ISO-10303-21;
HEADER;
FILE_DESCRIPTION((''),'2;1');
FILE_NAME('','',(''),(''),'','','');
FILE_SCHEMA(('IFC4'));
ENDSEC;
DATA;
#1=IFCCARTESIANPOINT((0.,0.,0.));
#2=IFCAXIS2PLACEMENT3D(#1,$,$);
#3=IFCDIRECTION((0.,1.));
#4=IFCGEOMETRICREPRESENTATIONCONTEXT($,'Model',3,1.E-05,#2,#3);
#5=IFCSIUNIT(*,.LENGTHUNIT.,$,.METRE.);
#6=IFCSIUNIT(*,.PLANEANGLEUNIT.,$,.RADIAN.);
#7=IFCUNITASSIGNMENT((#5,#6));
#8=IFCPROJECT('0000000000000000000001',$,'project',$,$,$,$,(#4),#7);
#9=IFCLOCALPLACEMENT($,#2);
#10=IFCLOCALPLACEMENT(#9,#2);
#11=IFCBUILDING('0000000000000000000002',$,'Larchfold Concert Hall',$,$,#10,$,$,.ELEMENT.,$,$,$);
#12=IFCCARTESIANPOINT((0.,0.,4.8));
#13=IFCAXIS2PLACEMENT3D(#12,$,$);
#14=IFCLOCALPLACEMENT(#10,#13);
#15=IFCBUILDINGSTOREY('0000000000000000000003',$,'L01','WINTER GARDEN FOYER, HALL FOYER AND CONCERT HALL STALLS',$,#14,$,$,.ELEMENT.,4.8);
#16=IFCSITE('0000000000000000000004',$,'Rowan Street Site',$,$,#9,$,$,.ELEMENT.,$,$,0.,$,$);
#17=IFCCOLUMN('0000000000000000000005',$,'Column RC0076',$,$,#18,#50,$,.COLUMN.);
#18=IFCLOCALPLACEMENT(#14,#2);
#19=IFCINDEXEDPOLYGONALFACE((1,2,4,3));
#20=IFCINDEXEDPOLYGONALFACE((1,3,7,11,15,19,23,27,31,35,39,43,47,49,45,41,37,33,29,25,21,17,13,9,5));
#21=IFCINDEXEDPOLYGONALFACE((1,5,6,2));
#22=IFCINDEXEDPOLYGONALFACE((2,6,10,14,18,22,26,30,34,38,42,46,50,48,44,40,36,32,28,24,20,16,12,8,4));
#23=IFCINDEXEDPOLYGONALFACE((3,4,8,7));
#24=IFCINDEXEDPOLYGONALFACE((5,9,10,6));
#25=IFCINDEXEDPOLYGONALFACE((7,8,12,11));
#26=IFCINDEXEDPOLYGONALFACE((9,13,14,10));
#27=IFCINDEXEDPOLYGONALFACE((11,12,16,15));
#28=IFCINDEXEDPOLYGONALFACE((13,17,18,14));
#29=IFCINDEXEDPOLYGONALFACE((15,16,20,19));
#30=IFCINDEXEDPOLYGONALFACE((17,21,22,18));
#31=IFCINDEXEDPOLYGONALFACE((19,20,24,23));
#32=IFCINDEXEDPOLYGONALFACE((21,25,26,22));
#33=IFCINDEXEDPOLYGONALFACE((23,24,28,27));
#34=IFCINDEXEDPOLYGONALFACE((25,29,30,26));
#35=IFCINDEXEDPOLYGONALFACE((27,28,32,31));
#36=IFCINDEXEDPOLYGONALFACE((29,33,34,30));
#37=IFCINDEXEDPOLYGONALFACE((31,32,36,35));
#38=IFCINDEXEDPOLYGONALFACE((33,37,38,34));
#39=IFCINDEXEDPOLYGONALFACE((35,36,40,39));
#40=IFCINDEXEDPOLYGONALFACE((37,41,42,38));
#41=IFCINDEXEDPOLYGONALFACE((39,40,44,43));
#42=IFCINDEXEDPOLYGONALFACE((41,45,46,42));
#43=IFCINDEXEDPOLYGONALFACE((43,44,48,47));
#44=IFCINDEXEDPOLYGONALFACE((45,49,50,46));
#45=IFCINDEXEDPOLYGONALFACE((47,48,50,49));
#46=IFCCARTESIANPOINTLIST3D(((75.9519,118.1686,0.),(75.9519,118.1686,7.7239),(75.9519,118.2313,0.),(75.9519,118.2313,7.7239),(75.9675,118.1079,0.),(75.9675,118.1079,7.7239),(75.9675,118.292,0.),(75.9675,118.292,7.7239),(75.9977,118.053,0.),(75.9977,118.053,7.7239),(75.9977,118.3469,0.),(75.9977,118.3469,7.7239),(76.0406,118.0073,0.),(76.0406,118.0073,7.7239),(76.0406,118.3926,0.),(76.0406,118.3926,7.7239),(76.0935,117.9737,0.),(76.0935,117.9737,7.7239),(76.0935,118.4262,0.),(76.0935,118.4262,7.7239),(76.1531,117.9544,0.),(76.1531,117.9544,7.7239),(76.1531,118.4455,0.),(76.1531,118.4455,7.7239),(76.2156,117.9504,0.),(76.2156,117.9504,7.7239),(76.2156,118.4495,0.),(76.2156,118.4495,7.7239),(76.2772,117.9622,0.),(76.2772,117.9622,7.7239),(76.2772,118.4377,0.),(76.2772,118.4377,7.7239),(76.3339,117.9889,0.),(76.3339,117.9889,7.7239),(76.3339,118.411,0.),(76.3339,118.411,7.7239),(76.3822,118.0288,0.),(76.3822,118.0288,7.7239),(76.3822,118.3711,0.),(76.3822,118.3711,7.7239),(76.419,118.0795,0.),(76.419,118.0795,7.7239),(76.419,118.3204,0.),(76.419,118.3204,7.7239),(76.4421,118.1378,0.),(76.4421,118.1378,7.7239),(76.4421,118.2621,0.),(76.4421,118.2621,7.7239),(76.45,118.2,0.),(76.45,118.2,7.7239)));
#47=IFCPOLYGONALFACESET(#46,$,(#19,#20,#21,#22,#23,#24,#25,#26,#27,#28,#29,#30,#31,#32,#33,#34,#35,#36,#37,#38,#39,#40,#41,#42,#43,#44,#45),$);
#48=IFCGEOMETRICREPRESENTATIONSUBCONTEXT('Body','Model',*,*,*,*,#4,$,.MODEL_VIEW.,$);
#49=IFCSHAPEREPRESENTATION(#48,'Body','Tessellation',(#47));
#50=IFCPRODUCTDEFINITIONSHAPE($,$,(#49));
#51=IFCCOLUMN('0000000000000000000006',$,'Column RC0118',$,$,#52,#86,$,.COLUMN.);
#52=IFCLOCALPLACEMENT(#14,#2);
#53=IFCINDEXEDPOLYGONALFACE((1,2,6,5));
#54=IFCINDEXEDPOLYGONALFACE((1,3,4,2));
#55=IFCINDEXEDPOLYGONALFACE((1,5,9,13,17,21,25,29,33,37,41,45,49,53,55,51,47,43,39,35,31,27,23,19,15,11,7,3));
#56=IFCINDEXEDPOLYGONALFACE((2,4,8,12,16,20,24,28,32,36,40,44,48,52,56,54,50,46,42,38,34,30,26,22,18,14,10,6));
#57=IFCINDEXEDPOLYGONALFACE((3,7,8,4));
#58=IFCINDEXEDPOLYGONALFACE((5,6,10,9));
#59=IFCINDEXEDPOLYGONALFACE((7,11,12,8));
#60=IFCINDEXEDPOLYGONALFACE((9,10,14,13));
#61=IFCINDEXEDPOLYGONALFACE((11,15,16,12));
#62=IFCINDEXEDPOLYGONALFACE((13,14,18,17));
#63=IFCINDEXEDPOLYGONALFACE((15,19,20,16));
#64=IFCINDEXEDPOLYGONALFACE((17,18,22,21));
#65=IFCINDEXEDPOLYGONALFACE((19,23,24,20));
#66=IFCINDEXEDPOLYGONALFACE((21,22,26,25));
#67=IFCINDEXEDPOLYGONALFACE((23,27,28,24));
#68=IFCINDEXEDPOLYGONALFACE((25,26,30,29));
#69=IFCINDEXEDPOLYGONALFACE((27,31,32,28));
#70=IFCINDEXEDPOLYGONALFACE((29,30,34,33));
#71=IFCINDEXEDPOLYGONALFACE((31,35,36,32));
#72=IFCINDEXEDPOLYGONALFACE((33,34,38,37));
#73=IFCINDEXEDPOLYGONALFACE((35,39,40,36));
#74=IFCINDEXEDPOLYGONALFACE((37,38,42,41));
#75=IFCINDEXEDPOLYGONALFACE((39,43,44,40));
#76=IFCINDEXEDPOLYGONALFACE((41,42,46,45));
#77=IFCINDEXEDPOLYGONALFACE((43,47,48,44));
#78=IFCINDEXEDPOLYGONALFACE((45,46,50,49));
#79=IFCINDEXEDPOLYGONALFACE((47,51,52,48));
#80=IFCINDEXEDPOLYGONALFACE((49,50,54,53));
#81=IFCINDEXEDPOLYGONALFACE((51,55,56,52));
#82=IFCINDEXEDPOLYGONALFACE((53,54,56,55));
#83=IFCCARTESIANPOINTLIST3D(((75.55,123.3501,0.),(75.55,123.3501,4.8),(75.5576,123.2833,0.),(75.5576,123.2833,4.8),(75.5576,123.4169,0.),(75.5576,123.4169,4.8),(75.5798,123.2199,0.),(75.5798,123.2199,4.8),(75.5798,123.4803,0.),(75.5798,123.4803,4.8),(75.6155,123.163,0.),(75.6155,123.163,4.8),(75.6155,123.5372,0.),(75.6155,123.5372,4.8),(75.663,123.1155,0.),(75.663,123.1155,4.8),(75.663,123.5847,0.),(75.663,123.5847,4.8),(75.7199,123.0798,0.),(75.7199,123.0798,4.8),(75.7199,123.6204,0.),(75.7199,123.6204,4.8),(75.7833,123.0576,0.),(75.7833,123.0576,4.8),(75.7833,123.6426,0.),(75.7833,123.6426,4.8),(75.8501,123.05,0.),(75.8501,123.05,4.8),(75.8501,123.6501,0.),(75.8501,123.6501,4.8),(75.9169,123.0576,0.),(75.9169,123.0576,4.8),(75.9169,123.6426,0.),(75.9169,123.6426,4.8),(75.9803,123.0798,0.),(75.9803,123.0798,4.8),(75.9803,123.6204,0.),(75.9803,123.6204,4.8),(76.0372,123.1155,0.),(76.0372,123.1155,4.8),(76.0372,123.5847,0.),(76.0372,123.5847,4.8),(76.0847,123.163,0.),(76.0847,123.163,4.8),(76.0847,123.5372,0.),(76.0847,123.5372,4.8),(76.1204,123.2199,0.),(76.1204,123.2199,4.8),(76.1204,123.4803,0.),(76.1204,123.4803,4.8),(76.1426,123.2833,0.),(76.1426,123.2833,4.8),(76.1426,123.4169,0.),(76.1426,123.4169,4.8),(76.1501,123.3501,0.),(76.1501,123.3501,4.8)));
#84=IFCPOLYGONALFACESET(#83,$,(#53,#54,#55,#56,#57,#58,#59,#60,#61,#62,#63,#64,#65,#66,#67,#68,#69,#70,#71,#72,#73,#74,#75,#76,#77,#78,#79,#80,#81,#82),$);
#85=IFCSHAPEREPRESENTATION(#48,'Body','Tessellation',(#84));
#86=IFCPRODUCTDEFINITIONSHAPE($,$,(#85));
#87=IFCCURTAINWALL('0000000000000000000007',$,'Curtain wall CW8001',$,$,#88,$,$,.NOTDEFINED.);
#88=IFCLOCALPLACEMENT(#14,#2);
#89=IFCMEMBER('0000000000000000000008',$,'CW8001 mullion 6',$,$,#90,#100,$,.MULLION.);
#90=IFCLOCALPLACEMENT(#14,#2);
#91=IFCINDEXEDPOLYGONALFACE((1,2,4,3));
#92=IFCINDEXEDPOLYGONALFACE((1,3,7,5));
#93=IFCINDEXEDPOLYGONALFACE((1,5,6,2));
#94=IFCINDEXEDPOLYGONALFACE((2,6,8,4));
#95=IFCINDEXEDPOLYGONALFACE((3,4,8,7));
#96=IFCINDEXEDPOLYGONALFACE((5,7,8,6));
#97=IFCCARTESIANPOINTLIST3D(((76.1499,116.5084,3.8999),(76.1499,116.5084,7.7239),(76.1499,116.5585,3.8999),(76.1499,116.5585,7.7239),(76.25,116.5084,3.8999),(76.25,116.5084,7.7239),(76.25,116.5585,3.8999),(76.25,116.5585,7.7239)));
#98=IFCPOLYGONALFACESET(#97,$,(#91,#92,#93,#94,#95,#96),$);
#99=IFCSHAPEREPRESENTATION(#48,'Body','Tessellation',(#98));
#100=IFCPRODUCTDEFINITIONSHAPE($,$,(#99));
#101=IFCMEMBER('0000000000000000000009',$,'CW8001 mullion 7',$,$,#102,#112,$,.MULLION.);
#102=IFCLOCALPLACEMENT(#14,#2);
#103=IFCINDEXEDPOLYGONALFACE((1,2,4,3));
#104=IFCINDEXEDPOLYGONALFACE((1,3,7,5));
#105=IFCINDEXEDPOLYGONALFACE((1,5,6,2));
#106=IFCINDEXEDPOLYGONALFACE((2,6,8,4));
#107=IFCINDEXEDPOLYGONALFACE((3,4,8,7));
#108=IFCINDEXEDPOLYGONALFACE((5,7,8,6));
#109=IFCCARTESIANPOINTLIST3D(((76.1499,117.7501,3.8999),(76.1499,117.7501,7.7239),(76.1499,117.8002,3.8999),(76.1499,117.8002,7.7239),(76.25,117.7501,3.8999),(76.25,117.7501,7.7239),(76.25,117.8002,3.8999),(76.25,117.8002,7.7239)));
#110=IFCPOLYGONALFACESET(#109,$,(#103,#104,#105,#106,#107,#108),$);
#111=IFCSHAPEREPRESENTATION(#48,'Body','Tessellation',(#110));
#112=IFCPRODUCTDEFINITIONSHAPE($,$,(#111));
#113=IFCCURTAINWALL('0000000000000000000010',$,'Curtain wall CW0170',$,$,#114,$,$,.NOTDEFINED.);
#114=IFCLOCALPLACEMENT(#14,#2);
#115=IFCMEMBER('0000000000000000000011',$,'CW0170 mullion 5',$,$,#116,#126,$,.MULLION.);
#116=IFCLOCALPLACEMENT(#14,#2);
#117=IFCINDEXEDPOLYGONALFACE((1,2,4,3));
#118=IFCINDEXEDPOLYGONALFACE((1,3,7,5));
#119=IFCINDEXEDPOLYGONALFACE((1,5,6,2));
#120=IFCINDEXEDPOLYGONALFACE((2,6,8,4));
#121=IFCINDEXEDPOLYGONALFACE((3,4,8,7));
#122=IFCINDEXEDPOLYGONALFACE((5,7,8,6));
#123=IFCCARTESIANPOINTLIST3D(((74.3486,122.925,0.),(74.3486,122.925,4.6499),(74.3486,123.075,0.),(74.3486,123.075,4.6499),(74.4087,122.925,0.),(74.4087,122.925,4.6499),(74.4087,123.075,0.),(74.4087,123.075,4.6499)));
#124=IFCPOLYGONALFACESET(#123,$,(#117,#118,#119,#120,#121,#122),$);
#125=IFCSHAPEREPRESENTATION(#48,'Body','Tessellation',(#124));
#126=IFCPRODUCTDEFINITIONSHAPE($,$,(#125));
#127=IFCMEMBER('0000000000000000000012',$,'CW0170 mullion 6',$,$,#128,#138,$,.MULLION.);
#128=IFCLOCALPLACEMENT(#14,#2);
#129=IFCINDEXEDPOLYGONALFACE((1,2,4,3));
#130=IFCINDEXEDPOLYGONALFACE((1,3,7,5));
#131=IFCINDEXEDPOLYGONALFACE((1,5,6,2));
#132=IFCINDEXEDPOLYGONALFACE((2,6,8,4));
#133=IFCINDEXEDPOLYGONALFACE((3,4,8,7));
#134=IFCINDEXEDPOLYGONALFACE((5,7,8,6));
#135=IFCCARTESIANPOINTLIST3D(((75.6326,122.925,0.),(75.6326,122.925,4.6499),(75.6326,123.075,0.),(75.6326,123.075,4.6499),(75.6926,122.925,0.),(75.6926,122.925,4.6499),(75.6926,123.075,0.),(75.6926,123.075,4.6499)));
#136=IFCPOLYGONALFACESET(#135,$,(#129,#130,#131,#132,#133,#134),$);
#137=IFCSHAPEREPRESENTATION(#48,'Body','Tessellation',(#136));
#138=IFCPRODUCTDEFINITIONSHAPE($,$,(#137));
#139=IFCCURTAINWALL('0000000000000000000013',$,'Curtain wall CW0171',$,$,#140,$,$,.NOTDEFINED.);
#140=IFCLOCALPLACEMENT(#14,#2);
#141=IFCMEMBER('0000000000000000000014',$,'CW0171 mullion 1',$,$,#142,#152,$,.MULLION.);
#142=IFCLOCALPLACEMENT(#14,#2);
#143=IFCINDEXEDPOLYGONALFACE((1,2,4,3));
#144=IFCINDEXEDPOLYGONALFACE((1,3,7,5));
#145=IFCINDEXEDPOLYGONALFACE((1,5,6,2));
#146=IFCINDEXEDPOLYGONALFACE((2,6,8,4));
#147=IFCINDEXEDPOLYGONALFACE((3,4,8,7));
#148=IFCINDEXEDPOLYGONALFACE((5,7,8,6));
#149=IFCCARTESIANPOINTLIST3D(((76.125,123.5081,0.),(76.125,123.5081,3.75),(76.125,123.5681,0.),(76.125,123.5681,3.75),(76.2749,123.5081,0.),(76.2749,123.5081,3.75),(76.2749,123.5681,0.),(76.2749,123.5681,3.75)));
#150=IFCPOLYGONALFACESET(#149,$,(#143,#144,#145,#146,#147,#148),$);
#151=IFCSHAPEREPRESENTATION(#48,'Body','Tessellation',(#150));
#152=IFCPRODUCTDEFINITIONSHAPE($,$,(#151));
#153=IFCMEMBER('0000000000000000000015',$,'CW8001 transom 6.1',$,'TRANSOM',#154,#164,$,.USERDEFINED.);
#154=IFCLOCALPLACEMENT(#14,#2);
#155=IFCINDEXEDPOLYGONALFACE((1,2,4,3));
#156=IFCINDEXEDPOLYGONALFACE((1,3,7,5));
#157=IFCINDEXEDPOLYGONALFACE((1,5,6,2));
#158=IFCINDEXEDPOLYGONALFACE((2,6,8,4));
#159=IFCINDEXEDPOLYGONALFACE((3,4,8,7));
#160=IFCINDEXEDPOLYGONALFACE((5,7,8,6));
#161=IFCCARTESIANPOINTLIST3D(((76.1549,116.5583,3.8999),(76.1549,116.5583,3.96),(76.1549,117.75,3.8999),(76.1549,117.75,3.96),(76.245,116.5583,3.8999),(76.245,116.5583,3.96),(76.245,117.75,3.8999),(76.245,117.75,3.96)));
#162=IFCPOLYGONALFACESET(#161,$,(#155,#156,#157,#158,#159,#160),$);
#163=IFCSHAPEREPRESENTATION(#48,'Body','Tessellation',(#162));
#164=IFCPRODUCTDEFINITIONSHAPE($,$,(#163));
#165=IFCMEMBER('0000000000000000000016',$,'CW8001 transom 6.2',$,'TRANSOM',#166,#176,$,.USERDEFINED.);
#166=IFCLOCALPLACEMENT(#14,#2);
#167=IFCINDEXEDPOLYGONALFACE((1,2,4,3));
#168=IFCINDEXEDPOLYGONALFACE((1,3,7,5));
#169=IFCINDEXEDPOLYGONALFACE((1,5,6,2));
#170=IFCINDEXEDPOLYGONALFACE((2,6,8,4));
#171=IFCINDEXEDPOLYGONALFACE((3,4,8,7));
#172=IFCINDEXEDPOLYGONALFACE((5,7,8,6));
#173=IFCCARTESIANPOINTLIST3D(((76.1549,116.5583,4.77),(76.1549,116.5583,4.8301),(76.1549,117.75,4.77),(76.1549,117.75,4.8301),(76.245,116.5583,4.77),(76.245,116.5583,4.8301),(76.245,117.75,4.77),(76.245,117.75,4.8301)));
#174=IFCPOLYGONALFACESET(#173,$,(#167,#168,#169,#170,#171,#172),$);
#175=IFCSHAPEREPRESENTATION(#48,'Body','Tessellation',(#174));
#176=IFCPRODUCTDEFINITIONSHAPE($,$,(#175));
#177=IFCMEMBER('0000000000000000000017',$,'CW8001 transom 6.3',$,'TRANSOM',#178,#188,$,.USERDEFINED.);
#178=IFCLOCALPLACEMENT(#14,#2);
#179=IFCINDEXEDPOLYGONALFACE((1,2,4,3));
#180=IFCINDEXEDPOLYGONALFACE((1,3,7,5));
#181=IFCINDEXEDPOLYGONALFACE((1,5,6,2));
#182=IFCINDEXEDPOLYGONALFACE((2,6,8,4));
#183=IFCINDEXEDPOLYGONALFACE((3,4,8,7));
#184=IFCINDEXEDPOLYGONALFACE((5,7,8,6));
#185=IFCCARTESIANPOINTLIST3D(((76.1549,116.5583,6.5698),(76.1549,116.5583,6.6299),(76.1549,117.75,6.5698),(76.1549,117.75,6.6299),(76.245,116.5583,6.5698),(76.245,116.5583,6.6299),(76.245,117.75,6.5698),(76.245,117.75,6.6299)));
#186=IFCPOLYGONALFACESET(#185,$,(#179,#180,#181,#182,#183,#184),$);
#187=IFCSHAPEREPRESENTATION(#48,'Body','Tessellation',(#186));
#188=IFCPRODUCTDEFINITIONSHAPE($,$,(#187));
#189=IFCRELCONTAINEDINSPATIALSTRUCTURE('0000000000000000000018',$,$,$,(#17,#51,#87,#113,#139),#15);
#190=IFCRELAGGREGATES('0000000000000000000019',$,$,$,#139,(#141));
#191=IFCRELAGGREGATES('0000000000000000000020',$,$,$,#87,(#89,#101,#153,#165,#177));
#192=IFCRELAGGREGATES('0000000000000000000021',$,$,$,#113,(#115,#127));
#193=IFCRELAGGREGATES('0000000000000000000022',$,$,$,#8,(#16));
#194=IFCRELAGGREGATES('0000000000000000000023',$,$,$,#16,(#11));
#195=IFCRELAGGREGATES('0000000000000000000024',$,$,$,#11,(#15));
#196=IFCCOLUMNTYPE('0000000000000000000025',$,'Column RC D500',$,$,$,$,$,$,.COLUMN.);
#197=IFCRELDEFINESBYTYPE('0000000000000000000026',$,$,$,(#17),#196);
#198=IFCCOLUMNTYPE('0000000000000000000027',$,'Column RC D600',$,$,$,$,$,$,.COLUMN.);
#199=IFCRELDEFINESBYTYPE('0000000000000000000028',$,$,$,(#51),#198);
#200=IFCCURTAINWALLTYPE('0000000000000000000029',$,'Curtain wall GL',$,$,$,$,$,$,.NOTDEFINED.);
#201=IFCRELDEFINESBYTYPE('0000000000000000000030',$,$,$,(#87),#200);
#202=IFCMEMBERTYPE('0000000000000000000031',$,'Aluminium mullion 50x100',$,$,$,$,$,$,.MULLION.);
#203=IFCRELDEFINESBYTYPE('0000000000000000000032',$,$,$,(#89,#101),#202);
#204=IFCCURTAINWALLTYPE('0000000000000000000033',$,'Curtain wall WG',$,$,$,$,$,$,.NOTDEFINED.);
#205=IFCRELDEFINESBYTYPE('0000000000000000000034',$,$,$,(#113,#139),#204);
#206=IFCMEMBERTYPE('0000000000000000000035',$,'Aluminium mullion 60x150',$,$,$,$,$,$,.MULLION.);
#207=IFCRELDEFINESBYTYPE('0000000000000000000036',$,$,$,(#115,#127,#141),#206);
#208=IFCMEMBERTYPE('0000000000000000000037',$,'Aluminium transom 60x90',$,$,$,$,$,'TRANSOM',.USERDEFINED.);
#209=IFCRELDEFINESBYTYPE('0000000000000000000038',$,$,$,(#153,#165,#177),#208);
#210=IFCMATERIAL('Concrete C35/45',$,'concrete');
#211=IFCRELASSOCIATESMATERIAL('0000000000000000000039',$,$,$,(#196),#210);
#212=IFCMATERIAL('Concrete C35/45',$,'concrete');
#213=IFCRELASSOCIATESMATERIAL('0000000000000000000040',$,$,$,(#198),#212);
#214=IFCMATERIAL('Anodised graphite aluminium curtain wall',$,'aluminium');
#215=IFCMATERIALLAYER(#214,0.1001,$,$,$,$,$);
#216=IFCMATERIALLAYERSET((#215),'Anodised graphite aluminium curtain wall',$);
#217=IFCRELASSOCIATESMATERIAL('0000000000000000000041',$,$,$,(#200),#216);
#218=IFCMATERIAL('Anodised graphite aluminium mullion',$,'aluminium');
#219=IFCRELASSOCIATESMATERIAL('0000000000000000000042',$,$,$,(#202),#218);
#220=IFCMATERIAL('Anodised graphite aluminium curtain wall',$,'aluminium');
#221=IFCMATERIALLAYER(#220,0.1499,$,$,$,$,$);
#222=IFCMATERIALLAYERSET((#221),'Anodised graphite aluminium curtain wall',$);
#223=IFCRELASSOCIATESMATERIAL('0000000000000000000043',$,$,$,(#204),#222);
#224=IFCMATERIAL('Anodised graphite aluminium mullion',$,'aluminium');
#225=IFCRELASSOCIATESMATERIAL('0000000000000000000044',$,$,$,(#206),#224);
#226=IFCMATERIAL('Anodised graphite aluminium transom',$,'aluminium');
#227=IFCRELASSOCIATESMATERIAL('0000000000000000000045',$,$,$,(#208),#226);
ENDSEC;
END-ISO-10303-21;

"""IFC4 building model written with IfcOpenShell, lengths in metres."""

from ifc_helpers import new_model, si_unit, direction, frame, origin, origin_2d, place, context, subcontext, project, spatial, rectangle, circle, extrude, material, layer, layer_set, material_profile, profile_set, type_object, element, aggregate, save


model = new_model("IFC4")

# Units and contexts
model_context = context("Model", 3, precision=1e-05, world=origin(), true_north=direction((0.0, 1.0)))
body_context = subcontext(model_context, "Body", "Model", "MODEL_VIEW")
ifc_project = project(units=[si_unit("LENGTHUNIT", "METRE"), si_unit("PLANEANGLEUNIT", "RADIAN")], contexts=[model_context])

# Site, building, storey
site_placement = place(None, origin())
site = spatial("IfcSite", under=ifc_project, at=site_placement, Name="Rowan Street Site", CompositionType="ELEMENT", RefElevation=0.0)
building_placement = place(site_placement, origin())
building = spatial("IfcBuilding", under=site, at=building_placement, Name="Larchfold Concert Hall", CompositionType="ELEMENT")
storey_placement = place(building_placement, frame((0.0, 0.0, 4.8)))
storey = spatial("IfcBuildingStorey", under=building, at=storey_placement, Name="L01", Description="WINTER GARDEN FOYER, HALL FOYER AND CONCERT HALL STALLS", CompositionType="ELEMENT", Elevation=4.8)

# Columns
ifc_material_1 = material(Name="Concrete C35/45", Category="concrete")
ifc_material_profile_1 = material_profile(ifc_material_1, circle(Radius=0.25, at=origin_2d()))
ifc_profile_set_1 = profile_set([ifc_material_profile_1], Name="Concrete C35/45")
column_type_1 = type_object("IfcColumnType", Name="Column RC D500", PredefinedType="COLUMN", material=ifc_profile_set_1)
column_1_placement = place(storey_placement, frame((76.2, 118.2, 0.0), z_axis=(0.0, 0.0, 1.0), x_axis=(1.0, 0.0, 0.0)))
element("IfcColumn", 1, at=column_1_placement, inside=storey, type_object=column_type_1, Name="Column RC0076", PredefinedType="COLUMN", context=body_context, shape_type="SweptSolid", body=[
    extrude(circle(Radius=0.25, at=origin_2d()), origin(), (0.0, 0.0, 1.0), 7.7239),
])
ifc_material_2 = material(Name="Concrete C35/45", Category="concrete")
ifc_material_profile_2 = material_profile(ifc_material_2, circle(Radius=0.3, at=origin_2d()))
ifc_profile_set_2 = profile_set([ifc_material_profile_2], Name="Concrete C35/45")
column_type_2 = type_object("IfcColumnType", Name="Column RC D600", PredefinedType="COLUMN", material=ifc_profile_set_2)
column_2_placement = place(storey_placement, frame((75.8501, 123.3501, 0.0), z_axis=(0.0, 0.0, 1.0), x_axis=(1.0, 0.0, 0.0)))
element("IfcColumn", 2, at=column_2_placement, inside=storey, type_object=column_type_2, Name="Column RC0118", PredefinedType="COLUMN", context=body_context, shape_type="SweptSolid", body=[
    extrude(circle(Radius=0.3, at=origin_2d()), origin(), (0.0, 0.0, 1.0), 4.8),
])

# Curtain walls, members
ifc_material_3 = material(Name="Anodised graphite aluminium curtain wall", Category="aluminium")
ifc_layer_1 = layer(ifc_material_3, 0.1001)
ifc_layer_set_1 = layer_set([ifc_layer_1], Name="Anodised graphite aluminium curtain wall")
curtain_wall_type_1 = type_object("IfcCurtainWallType", Name="Curtain wall GL", PredefinedType="NOTDEFINED", material=ifc_layer_set_1)
curtain_wall_1_placement = place(storey_placement, origin())
curtain_wall_1 = element("IfcCurtainWall", 3, at=curtain_wall_1_placement, inside=storey, type_object=curtain_wall_type_1, Name="Curtain wall CW8001", PredefinedType="NOTDEFINED")
ifc_material_4 = material(Name="Anodised graphite aluminium mullion", Category="aluminium")
ifc_material_profile_3 = material_profile(ifc_material_4, rectangle(XDim=0.1001, YDim=0.05, at=origin_2d()))
ifc_profile_set_3 = profile_set([ifc_material_profile_3], Name="Anodised graphite aluminium mullion")
member_type_1 = type_object("IfcMemberType", Name="Aluminium mullion 50x100", PredefinedType="MULLION", material=ifc_profile_set_3)
member_1_placement = place(storey_placement, frame((76.2, 116.5334, 3.8999), z_axis=(0.0, 0.0, 1.0), x_axis=(-1.0, 0.0, 0.0)))
member_1 = element("IfcMember", 4, at=member_1_placement, type_object=member_type_1, Name="CW8001 mullion 6", PredefinedType="MULLION", context=body_context, shape_type="SweptSolid", body=[
    extrude(rectangle(XDim=0.1001, YDim=0.05, at=origin_2d()), origin(), (0.0, 0.0, 1.0), 3.824),
])
member_2_placement = place(storey_placement, frame((76.2, 117.7751, 3.8999), z_axis=(0.0, 0.0, 1.0), x_axis=(-1.0, 0.0, 0.0)))
member_2 = element("IfcMember", 5, at=member_2_placement, type_object=member_type_1, Name="CW8001 mullion 7", PredefinedType="MULLION", context=body_context, shape_type="SweptSolid", body=[
    extrude(rectangle(XDim=0.1001, YDim=0.05, at=origin_2d()), origin(), (0.0, 0.0, 1.0), 3.824),
])
ifc_material_5 = material(Name="Anodised graphite aluminium curtain wall", Category="aluminium")
ifc_layer_2 = layer(ifc_material_5, 0.1499)
ifc_layer_set_2 = layer_set([ifc_layer_2], Name="Anodised graphite aluminium curtain wall")
curtain_wall_type_2 = type_object("IfcCurtainWallType", Name="Curtain wall WG", PredefinedType="NOTDEFINED", material=ifc_layer_set_2)
curtain_wall_2_placement = place(storey_placement, origin())
curtain_wall_2 = element("IfcCurtainWall", 6, at=curtain_wall_2_placement, inside=storey, type_object=curtain_wall_type_2, Name="Curtain wall CW0170", PredefinedType="NOTDEFINED")
ifc_material_6 = material(Name="Anodised graphite aluminium mullion", Category="aluminium")
ifc_material_profile_4 = material_profile(ifc_material_6, rectangle(XDim=0.1499, YDim=0.0601, at=origin_2d()))
ifc_profile_set_4 = profile_set([ifc_material_profile_4], Name="Anodised graphite aluminium mullion")
member_type_2 = type_object("IfcMemberType", Name="Aluminium mullion 60x150", PredefinedType="MULLION", material=ifc_profile_set_4)
member_3_placement = place(storey_placement, frame((74.3787, 123.0, 0.0), z_axis=(0.0, 0.0, 1.0), x_axis=(0.0, 1.0, 0.0)))
member_3 = element("IfcMember", 7, at=member_3_placement, type_object=member_type_2, Name="CW0170 mullion 5", PredefinedType="MULLION", context=body_context, shape_type="SweptSolid", body=[
    extrude(rectangle(XDim=0.1499, YDim=0.0601, at=origin_2d()), origin(), (0.0, 0.0, 1.0), 4.6499),
])
member_4_placement = place(storey_placement, frame((75.6626, 123.0, 0.0), z_axis=(0.0, 0.0, 1.0), x_axis=(0.0, 1.0, 0.0)))
member_4 = element("IfcMember", 8, at=member_4_placement, type_object=member_type_2, Name="CW0170 mullion 6", PredefinedType="MULLION", context=body_context, shape_type="SweptSolid", body=[
    extrude(rectangle(XDim=0.1499, YDim=0.0601, at=origin_2d()), origin(), (0.0, 0.0, 1.0), 4.6499),
])

# Curtain wall, member
curtain_wall_3_placement = place(storey_placement, origin())
curtain_wall_3 = element("IfcCurtainWall", 9, at=curtain_wall_3_placement, inside=storey, type_object=curtain_wall_type_2, Name="Curtain wall CW0171", PredefinedType="NOTDEFINED")
member_5_placement = place(storey_placement, frame((76.2, 123.5381, 0.0), z_axis=(0.0, 0.0, 1.0), x_axis=(-1.0, 0.0, 0.0)))
member_5 = element("IfcMember", 10, at=member_5_placement, type_object=member_type_2, Name="CW0171 mullion 1", PredefinedType="MULLION", context=body_context, shape_type="SweptSolid", body=[
    extrude(rectangle(XDim=0.1499, YDim=0.0601, at=origin_2d()), origin(), (0.0, 0.0, 1.0), 3.75),
])

# Members
ifc_material_7 = material(Name="Anodised graphite aluminium transom", Category="aluminium")
ifc_material_profile_5 = material_profile(ifc_material_7, rectangle(XDim=0.0901, YDim=0.0601, at=origin_2d()))
ifc_profile_set_5 = profile_set([ifc_material_profile_5], Name="Anodised graphite aluminium transom")
member_type_3 = type_object("IfcMemberType", Name="Aluminium transom 60x90", ElementType="TRANSOM", PredefinedType="USERDEFINED", material=ifc_profile_set_5)
member_6_placement = place(storey_placement, frame((76.2, 116.5583, 3.9299), z_axis=(0.0, 1.0, 0.0), x_axis=(-1.0, 0.0, 0.0)))
member_6 = element("IfcMember", 11, at=member_6_placement, type_object=member_type_3, Name="CW8001 transom 6.1", ObjectType="TRANSOM", PredefinedType="USERDEFINED", context=body_context, shape_type="SweptSolid", body=[
    extrude(rectangle(XDim=0.0901, YDim=0.0601, at=origin_2d()), origin(), (0.0, 0.0, 1.0), 1.1917),
])
member_7_placement = place(storey_placement, frame((76.2, 116.5583, 4.8), z_axis=(0.0, 1.0, 0.0), x_axis=(-1.0, 0.0, 0.0)))
member_7 = element("IfcMember", 12, at=member_7_placement, type_object=member_type_3, Name="CW8001 transom 6.2", ObjectType="TRANSOM", PredefinedType="USERDEFINED", context=body_context, shape_type="SweptSolid", body=[
    extrude(rectangle(XDim=0.0901, YDim=0.0601, at=origin_2d()), origin(), (0.0, 0.0, 1.0), 1.1917),
])
member_8_placement = place(storey_placement, frame((76.2, 116.5583, 6.5999), z_axis=(0.0, 1.0, 0.0), x_axis=(-1.0, 0.0, 0.0)))
member_8 = element("IfcMember", 13, at=member_8_placement, type_object=member_type_3, Name="CW8001 transom 6.3", ObjectType="TRANSOM", PredefinedType="USERDEFINED", context=body_context, shape_type="SweptSolid", body=[
    extrude(rectangle(XDim=0.0901, YDim=0.0601, at=origin_2d()), origin(), (0.0, 0.0, 1.0), 1.1917),
])
aggregate(curtain_wall_3, [member_5])

aggregate(curtain_wall_1, [member_1, member_2, member_6, member_7, member_8])
aggregate(curtain_wall_2, [member_3, member_4])

save(model, "model.ifc")
